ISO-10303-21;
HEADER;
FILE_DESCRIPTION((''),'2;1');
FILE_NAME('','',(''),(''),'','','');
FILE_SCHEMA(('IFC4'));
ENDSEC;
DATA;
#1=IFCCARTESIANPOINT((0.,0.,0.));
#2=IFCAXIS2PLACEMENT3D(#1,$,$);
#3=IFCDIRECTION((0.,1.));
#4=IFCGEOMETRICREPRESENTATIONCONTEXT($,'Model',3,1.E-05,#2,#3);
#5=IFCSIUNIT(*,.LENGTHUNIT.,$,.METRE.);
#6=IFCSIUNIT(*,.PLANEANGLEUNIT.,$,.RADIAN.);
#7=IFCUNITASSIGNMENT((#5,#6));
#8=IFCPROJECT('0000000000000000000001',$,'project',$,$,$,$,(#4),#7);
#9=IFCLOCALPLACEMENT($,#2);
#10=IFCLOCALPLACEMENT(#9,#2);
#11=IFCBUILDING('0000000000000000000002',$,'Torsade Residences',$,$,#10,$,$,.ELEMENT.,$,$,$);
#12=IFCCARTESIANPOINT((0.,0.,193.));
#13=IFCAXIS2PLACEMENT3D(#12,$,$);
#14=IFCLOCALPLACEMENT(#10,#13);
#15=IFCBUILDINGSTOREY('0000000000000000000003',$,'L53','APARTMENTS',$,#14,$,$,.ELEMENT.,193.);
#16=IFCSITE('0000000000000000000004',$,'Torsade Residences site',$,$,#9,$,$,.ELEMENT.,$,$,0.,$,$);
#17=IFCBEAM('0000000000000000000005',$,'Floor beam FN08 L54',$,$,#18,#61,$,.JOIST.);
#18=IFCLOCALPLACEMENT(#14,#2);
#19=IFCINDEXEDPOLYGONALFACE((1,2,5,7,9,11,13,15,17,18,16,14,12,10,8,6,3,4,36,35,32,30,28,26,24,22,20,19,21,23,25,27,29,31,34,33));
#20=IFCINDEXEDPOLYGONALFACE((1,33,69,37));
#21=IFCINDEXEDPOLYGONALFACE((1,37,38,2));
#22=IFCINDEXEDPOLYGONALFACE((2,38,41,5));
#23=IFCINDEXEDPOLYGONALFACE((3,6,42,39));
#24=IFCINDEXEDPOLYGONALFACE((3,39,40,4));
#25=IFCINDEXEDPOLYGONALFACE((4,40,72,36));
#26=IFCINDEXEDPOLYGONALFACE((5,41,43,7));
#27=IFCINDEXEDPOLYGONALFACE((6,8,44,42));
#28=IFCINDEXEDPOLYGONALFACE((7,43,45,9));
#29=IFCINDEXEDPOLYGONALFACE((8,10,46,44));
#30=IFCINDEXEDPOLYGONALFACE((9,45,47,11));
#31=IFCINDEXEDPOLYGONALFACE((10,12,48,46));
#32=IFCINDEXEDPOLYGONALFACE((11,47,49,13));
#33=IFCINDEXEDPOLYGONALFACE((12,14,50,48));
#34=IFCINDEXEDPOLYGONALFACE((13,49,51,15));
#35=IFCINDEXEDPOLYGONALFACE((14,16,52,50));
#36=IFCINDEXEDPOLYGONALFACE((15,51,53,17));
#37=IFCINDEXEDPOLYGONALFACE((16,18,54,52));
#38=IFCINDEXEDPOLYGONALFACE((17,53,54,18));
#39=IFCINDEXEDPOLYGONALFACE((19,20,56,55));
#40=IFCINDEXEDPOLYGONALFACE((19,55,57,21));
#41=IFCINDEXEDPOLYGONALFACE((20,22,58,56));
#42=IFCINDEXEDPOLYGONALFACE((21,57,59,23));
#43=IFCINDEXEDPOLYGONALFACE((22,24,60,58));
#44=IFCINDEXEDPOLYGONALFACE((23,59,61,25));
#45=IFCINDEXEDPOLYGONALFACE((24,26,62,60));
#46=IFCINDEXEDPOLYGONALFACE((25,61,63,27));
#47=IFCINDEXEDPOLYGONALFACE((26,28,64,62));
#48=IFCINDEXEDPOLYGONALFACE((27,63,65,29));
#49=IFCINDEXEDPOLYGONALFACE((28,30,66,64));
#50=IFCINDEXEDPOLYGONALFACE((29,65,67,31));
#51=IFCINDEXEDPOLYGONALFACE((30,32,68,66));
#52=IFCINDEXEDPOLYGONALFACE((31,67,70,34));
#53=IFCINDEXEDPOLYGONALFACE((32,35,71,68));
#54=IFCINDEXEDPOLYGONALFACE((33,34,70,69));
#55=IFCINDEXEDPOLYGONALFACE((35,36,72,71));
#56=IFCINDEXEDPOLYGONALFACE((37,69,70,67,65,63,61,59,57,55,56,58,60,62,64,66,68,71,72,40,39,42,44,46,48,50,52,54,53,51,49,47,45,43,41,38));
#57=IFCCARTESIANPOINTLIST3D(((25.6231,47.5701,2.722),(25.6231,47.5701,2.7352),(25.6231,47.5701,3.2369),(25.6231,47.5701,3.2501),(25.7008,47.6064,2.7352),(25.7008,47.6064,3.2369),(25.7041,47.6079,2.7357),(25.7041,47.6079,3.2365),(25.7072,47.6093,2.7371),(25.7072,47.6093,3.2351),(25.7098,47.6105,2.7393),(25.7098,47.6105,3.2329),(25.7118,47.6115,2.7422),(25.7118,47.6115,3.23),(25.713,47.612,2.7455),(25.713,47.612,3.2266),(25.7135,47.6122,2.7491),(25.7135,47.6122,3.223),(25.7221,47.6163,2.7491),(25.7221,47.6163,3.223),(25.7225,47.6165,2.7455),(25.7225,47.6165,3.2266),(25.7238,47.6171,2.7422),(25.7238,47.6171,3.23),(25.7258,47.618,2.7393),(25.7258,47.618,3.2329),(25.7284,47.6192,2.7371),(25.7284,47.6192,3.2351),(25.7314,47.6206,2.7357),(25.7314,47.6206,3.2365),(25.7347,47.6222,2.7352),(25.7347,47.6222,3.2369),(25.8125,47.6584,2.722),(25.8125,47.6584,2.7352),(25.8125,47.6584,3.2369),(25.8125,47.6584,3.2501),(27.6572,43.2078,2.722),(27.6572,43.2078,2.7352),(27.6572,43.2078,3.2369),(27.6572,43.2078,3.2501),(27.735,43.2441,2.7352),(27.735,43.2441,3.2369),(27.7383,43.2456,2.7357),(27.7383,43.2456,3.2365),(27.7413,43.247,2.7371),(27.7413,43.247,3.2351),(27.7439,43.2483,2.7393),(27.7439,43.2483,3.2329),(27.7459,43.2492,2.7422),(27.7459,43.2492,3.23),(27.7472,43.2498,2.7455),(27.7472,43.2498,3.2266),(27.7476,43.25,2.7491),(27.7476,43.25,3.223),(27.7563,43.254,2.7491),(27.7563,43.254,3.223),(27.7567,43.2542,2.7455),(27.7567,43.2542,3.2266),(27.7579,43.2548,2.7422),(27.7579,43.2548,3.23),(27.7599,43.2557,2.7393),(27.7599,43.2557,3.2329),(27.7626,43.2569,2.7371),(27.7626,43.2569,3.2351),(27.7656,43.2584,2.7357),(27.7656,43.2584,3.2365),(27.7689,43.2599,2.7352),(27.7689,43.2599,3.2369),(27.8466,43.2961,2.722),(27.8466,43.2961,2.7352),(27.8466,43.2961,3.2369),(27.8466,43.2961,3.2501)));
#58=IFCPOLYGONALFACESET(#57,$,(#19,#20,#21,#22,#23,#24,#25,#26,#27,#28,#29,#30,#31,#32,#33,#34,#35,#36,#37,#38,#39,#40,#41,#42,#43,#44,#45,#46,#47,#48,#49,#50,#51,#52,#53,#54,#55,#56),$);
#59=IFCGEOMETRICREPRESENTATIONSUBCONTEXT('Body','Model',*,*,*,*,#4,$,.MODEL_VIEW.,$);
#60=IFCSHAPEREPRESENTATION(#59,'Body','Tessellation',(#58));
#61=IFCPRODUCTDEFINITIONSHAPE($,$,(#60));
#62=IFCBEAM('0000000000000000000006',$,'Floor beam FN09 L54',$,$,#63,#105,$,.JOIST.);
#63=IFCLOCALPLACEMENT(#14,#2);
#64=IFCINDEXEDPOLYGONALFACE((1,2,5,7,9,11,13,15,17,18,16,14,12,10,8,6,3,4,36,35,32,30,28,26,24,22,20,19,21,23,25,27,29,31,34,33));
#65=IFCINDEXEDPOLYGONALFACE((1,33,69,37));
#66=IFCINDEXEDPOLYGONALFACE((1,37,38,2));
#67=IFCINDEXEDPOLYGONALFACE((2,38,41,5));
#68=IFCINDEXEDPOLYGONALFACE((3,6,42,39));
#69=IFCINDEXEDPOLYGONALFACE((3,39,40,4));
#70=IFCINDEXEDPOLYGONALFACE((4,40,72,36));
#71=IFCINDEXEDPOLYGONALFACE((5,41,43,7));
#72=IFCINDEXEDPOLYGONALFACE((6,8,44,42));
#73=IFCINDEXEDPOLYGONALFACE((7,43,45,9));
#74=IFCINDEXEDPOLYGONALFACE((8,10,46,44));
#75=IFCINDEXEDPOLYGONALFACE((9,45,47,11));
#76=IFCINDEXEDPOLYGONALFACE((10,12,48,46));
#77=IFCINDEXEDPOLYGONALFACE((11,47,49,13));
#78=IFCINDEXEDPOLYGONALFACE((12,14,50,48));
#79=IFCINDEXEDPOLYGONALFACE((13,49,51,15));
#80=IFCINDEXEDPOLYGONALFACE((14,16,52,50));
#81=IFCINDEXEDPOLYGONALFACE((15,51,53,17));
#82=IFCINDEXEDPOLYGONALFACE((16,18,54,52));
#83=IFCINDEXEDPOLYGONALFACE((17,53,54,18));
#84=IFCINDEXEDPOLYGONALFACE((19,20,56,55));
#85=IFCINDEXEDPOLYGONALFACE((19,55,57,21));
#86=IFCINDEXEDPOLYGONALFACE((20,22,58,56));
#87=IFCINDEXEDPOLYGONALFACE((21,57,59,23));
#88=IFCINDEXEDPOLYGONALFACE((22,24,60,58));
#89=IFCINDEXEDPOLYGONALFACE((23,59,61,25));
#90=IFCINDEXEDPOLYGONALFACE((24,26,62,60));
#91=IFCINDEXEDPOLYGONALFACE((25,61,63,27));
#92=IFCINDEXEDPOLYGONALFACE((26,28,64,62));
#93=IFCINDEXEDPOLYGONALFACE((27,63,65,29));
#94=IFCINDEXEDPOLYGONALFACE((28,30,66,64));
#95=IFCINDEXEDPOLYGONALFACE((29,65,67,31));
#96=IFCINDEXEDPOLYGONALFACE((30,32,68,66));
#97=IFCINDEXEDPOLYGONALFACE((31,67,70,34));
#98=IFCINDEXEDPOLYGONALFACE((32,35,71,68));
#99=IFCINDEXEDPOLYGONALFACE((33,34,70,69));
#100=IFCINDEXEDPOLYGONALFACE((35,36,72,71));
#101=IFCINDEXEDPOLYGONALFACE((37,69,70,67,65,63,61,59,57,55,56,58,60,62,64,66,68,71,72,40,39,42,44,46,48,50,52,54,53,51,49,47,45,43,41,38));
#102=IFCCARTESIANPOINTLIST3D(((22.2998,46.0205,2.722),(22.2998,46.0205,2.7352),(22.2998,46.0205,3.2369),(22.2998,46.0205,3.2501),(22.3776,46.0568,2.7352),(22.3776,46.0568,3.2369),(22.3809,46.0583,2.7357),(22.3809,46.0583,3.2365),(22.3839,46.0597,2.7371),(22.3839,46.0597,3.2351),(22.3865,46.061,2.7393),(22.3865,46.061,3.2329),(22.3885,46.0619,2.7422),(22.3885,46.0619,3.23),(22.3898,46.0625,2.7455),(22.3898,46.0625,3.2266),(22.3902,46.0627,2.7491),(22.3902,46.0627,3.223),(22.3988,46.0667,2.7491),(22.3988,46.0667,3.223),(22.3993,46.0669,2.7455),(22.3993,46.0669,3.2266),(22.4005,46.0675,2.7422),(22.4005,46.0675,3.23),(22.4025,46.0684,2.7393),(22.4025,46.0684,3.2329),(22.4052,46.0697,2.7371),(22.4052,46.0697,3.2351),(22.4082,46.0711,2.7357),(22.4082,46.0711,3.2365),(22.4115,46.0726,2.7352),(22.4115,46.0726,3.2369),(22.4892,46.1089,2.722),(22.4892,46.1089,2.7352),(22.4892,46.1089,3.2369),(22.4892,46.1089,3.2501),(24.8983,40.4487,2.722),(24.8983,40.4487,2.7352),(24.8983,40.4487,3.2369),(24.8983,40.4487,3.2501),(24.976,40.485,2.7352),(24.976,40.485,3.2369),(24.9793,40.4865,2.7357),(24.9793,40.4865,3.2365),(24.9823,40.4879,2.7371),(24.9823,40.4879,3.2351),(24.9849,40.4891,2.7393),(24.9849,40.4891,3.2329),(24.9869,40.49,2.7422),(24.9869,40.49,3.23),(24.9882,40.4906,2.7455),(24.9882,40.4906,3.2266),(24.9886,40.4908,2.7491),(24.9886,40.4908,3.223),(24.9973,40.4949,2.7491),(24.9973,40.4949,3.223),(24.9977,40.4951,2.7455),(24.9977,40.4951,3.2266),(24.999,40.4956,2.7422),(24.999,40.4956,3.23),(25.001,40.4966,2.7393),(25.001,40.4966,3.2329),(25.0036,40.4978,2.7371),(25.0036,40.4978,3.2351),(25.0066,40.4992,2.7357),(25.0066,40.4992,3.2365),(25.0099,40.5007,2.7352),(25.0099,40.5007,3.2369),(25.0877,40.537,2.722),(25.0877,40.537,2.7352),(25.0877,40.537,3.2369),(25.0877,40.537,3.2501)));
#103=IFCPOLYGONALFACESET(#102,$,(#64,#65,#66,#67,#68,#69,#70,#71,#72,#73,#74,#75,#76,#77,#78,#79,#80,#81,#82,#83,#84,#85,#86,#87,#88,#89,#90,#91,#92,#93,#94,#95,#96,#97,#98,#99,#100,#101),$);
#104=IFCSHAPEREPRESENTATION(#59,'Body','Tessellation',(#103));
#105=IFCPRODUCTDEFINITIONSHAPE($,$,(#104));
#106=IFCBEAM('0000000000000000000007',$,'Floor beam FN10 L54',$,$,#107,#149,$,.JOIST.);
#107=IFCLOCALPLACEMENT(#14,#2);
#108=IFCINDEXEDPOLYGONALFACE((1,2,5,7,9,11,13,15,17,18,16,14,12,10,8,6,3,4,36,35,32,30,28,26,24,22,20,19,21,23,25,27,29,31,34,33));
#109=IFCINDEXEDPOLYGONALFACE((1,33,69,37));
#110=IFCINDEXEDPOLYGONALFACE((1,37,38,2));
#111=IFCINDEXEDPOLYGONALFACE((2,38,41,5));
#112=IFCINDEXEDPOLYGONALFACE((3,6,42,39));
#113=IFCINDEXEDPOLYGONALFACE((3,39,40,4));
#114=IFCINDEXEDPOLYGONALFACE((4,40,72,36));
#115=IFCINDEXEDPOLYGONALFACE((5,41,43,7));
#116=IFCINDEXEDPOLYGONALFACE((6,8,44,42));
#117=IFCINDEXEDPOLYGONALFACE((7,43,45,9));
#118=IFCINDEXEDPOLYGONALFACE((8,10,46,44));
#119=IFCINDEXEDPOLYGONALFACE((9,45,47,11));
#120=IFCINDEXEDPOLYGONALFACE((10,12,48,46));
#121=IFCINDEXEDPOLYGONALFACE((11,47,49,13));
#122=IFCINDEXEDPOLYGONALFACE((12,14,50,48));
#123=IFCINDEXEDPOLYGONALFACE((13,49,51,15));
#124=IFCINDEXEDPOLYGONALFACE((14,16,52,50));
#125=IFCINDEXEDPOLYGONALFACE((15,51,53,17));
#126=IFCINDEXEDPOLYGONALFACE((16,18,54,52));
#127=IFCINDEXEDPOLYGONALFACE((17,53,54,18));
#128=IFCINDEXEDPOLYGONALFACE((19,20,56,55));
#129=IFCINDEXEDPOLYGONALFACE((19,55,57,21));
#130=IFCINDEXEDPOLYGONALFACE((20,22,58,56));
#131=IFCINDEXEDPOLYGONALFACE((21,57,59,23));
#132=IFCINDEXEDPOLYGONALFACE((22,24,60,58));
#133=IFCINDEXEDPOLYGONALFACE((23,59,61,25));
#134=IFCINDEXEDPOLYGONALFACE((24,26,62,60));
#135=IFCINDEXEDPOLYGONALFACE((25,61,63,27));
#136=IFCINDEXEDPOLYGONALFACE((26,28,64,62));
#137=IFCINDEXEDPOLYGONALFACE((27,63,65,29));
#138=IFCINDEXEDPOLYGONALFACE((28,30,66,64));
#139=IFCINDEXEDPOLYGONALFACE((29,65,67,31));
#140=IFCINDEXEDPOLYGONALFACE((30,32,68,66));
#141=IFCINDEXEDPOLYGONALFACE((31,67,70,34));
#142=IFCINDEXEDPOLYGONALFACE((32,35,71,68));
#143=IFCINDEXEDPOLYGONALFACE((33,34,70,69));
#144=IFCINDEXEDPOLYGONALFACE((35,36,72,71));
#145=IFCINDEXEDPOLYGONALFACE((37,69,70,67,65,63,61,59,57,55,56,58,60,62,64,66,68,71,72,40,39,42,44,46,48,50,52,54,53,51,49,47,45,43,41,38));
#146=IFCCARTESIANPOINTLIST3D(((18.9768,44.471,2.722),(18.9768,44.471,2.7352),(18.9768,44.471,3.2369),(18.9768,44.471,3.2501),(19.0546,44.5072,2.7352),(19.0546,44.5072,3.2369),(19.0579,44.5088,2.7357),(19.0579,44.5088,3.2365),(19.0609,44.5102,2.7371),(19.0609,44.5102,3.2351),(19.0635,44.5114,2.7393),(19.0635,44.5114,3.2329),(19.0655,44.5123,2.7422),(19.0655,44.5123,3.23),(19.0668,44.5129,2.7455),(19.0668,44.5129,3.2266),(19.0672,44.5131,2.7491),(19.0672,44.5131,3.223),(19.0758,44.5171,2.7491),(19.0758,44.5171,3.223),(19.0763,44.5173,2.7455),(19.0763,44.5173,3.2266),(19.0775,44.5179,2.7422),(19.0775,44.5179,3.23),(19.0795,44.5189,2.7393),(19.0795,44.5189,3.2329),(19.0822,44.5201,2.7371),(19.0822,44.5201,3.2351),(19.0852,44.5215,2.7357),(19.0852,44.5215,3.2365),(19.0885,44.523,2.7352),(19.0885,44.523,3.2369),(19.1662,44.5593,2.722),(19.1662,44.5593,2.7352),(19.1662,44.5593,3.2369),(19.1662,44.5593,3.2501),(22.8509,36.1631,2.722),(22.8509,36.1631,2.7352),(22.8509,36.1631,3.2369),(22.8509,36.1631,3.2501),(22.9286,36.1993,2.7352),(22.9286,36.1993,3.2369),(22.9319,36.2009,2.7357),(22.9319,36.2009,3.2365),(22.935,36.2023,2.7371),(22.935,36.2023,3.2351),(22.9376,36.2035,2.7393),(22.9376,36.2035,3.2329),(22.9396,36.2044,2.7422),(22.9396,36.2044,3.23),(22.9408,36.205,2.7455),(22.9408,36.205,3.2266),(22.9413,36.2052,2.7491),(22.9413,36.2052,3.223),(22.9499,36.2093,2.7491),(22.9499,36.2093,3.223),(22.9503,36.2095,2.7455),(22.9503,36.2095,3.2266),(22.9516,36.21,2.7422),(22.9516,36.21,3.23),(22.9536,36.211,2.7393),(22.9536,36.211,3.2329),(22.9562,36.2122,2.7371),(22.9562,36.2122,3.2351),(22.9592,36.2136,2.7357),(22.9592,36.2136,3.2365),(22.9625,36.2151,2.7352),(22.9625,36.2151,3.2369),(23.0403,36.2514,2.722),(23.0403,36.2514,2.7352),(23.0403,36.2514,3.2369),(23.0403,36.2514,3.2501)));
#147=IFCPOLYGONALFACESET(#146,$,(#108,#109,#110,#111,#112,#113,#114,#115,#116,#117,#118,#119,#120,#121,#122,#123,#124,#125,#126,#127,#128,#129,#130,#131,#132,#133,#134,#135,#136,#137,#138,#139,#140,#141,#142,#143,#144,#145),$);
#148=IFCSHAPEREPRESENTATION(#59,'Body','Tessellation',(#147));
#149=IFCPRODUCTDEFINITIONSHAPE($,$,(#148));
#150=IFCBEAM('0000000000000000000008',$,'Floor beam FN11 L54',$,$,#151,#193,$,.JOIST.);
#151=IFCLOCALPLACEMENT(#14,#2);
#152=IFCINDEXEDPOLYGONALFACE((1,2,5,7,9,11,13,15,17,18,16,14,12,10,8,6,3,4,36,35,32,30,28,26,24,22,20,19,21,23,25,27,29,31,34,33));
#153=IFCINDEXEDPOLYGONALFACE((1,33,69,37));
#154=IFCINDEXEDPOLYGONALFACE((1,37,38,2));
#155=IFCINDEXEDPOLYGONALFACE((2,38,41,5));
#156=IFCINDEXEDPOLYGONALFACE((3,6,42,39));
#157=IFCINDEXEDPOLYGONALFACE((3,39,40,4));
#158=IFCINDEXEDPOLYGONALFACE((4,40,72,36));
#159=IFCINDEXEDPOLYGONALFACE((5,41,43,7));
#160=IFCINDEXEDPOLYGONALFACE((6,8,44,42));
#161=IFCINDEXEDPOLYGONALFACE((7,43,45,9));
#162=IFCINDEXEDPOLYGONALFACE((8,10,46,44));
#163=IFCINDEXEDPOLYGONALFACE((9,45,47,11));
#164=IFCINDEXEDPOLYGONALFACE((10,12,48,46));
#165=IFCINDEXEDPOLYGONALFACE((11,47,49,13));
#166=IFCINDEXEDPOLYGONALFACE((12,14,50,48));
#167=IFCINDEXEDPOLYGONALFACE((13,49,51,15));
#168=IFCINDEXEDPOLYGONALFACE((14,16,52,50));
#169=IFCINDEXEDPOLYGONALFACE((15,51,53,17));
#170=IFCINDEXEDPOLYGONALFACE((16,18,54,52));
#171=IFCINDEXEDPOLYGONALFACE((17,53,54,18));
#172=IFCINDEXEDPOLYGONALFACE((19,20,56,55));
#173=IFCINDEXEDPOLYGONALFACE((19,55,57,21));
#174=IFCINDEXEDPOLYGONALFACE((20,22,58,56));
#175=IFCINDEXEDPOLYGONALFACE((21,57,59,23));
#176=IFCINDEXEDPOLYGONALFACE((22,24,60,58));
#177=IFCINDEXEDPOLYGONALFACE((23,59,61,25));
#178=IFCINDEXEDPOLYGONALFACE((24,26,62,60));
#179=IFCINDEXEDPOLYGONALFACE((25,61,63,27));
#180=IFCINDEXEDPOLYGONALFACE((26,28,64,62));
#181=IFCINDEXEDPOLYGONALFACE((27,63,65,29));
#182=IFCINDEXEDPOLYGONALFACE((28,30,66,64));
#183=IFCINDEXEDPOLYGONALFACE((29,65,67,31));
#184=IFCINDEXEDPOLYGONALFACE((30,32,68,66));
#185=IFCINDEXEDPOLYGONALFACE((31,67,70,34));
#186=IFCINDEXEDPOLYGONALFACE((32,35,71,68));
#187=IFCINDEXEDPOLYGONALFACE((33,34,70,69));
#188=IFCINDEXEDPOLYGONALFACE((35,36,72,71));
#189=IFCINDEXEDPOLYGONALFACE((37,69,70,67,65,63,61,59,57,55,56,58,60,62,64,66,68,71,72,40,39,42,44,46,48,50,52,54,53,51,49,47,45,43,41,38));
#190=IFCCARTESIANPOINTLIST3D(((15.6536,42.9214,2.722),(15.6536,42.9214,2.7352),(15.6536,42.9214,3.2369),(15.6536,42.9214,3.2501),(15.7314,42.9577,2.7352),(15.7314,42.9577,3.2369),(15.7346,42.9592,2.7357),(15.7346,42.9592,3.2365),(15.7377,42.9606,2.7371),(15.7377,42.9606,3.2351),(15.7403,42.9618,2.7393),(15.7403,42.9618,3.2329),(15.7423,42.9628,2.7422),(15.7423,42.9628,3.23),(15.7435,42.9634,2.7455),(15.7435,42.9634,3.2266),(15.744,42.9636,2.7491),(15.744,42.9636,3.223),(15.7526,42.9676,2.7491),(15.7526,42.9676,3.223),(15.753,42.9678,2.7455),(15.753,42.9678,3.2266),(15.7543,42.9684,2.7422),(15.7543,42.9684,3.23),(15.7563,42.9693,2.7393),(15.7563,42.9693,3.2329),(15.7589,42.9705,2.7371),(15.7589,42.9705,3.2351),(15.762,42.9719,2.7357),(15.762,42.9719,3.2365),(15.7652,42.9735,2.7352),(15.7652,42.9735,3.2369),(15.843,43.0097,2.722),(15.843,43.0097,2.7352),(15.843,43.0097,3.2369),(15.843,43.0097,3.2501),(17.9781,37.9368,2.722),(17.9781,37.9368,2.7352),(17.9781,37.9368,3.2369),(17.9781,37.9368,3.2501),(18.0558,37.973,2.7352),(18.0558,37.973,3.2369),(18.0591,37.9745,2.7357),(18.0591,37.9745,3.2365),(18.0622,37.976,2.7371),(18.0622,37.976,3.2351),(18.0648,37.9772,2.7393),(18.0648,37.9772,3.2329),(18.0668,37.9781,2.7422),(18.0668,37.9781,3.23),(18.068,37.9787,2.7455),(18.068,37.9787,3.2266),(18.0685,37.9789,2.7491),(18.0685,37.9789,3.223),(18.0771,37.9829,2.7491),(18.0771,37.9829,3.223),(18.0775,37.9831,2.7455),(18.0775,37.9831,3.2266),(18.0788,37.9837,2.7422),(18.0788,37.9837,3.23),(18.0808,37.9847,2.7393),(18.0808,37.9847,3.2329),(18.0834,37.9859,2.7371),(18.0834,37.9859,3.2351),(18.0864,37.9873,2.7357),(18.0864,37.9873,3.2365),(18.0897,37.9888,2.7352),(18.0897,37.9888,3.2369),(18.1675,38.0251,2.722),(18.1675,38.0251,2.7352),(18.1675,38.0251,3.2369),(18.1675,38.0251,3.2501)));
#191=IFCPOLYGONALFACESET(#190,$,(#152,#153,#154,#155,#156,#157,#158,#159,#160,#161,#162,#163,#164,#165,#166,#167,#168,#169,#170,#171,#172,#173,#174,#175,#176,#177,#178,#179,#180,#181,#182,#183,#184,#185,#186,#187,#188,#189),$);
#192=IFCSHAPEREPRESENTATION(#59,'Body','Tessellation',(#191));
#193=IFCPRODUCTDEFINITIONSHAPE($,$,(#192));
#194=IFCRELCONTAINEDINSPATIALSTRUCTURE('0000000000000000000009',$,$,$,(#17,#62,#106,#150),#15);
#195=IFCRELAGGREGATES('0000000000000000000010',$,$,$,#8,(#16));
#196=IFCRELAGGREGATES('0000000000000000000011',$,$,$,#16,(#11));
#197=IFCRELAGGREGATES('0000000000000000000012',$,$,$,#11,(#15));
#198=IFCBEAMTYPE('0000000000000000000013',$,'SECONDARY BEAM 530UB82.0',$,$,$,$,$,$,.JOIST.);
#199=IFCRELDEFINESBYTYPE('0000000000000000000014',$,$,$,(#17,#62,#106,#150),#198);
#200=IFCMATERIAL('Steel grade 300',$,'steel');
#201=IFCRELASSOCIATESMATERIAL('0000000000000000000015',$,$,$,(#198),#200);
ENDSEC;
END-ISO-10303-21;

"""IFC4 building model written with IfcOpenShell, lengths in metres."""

from ifc_helpers import new_model, si_unit, direction, frame, origin, origin_2d, place, context, subcontext, project, spatial, i_section, extrude, material, material_profile, profile_set, type_object, element, save


model = new_model("IFC4")

# Units and contexts
model_context = context("Model", 3, precision=1e-05, world=origin(), true_north=direction((0.0, 1.0)))
body_context = subcontext(model_context, "Body", "Model", "MODEL_VIEW")
ifc_project = project(units=[si_unit("LENGTHUNIT", "METRE"), si_unit("PLANEANGLEUNIT", "RADIAN")], contexts=[model_context])

# Site, building, storey
site_placement = place(None, origin())
site = spatial("IfcSite", under=ifc_project, at=site_placement, Name="Torsade Residences site", CompositionType="ELEMENT", RefElevation=0.0)
building_placement = place(site_placement, origin())
building = spatial("IfcBuilding", under=site, at=building_placement, Name="Torsade Residences", CompositionType="ELEMENT")
storey_placement = place(building_placement, frame((0.0, 0.0, 193.0)))
storey = spatial("IfcBuildingStorey", under=building, at=storey_placement, Name="L53", Description="APARTMENTS", CompositionType="ELEMENT", Elevation=193.0)

# Beams
ifc_material_1 = material(Name="Steel grade 300", Category="steel")
ifc_material_profile_1 = material_profile(ifc_material_1, i_section(OverallWidth=0.209, OverallDepth=0.5281, WebThickness=0.0095, FlangeThickness=0.0132, FilletRadius=0.0139, at=origin_2d()), Name="530UB82.0")
ifc_profile_set_1 = profile_set([ifc_material_profile_1], Name="Steel grade 300")
beam_type_1 = type_object("IfcBeamType", Name="SECONDARY BEAM 530UB82.0", PredefinedType="JOIST", material=ifc_profile_set_1)
beam_1_placement = place(storey_placement, frame((25.7178, 47.6143, 2.9861), z_axis=(0.422619, -0.906308, 0.0), x_axis=(0.906308, 0.422619, 0.0)))
element("IfcBeam", 1, at=beam_1_placement, inside=storey, type_object=beam_type_1, Name="Floor beam FN08 L54", PredefinedType="JOIST", context=body_context, shape_type="SweptSolid", body=[
    extrude(i_section(OverallWidth=0.209, OverallDepth=0.5281, WebThickness=0.0095, FlangeThickness=0.0132, FilletRadius=0.0139, at=origin_2d()), origin(), (0.0, 0.0, 1.0), 4.8132),
])
beam_2_placement = place(storey_placement, frame((22.3945, 46.0647, 2.9861), z_axis=(0.422648, -0.906294, 0.0), x_axis=(0.906294, 0.422648, 0.0)))
element("IfcBeam", 2, at=beam_2_placement, inside=storey, type_object=beam_type_1, Name="Floor beam FN09 L54", PredefinedType="JOIST", context=body_context, shape_type="SweptSolid", body=[
    extrude(i_section(OverallWidth=0.209, OverallDepth=0.5281, WebThickness=0.0095, FlangeThickness=0.0132, FilletRadius=0.0139, at=origin_2d()), origin(), (0.0, 0.0, 1.0), 6.1479),
])
beam_3_placement = place(storey_placement, frame((19.0715, 44.5151, 2.9861), z_axis=(0.422619, -0.906308, 0.0), x_axis=(0.906308, 0.422619, 0.0)))
element("IfcBeam", 3, at=beam_3_placement, inside=storey, type_object=beam_type_1, Name="Floor beam FN10 L54", PredefinedType="JOIST", context=body_context, shape_type="SweptSolid", body=[
    extrude(i_section(OverallWidth=0.209, OverallDepth=0.5281, WebThickness=0.0095, FlangeThickness=0.0132, FilletRadius=0.0139, at=origin_2d()), origin(), (0.0, 0.0, 1.0), 9.1667),
])
beam_4_placement = place(storey_placement, frame((15.7483, 42.9656, 2.9861), z_axis=(0.422633, -0.906301, 0.0), x_axis=(0.906301, 0.422633, 0.0)))
element("IfcBeam", 4, at=beam_4_placement, inside=storey, type_object=beam_type_1, Name="Floor beam FN11 L54", PredefinedType="JOIST", context=body_context, shape_type="SweptSolid", body=[
    extrude(i_section(OverallWidth=0.209, OverallDepth=0.5281, WebThickness=0.0095, FlangeThickness=0.0132, FilletRadius=0.0139, at=origin_2d()), origin(), (0.0, 0.0, 1.0), 5.5),
])

save(model, "model.ifc")
